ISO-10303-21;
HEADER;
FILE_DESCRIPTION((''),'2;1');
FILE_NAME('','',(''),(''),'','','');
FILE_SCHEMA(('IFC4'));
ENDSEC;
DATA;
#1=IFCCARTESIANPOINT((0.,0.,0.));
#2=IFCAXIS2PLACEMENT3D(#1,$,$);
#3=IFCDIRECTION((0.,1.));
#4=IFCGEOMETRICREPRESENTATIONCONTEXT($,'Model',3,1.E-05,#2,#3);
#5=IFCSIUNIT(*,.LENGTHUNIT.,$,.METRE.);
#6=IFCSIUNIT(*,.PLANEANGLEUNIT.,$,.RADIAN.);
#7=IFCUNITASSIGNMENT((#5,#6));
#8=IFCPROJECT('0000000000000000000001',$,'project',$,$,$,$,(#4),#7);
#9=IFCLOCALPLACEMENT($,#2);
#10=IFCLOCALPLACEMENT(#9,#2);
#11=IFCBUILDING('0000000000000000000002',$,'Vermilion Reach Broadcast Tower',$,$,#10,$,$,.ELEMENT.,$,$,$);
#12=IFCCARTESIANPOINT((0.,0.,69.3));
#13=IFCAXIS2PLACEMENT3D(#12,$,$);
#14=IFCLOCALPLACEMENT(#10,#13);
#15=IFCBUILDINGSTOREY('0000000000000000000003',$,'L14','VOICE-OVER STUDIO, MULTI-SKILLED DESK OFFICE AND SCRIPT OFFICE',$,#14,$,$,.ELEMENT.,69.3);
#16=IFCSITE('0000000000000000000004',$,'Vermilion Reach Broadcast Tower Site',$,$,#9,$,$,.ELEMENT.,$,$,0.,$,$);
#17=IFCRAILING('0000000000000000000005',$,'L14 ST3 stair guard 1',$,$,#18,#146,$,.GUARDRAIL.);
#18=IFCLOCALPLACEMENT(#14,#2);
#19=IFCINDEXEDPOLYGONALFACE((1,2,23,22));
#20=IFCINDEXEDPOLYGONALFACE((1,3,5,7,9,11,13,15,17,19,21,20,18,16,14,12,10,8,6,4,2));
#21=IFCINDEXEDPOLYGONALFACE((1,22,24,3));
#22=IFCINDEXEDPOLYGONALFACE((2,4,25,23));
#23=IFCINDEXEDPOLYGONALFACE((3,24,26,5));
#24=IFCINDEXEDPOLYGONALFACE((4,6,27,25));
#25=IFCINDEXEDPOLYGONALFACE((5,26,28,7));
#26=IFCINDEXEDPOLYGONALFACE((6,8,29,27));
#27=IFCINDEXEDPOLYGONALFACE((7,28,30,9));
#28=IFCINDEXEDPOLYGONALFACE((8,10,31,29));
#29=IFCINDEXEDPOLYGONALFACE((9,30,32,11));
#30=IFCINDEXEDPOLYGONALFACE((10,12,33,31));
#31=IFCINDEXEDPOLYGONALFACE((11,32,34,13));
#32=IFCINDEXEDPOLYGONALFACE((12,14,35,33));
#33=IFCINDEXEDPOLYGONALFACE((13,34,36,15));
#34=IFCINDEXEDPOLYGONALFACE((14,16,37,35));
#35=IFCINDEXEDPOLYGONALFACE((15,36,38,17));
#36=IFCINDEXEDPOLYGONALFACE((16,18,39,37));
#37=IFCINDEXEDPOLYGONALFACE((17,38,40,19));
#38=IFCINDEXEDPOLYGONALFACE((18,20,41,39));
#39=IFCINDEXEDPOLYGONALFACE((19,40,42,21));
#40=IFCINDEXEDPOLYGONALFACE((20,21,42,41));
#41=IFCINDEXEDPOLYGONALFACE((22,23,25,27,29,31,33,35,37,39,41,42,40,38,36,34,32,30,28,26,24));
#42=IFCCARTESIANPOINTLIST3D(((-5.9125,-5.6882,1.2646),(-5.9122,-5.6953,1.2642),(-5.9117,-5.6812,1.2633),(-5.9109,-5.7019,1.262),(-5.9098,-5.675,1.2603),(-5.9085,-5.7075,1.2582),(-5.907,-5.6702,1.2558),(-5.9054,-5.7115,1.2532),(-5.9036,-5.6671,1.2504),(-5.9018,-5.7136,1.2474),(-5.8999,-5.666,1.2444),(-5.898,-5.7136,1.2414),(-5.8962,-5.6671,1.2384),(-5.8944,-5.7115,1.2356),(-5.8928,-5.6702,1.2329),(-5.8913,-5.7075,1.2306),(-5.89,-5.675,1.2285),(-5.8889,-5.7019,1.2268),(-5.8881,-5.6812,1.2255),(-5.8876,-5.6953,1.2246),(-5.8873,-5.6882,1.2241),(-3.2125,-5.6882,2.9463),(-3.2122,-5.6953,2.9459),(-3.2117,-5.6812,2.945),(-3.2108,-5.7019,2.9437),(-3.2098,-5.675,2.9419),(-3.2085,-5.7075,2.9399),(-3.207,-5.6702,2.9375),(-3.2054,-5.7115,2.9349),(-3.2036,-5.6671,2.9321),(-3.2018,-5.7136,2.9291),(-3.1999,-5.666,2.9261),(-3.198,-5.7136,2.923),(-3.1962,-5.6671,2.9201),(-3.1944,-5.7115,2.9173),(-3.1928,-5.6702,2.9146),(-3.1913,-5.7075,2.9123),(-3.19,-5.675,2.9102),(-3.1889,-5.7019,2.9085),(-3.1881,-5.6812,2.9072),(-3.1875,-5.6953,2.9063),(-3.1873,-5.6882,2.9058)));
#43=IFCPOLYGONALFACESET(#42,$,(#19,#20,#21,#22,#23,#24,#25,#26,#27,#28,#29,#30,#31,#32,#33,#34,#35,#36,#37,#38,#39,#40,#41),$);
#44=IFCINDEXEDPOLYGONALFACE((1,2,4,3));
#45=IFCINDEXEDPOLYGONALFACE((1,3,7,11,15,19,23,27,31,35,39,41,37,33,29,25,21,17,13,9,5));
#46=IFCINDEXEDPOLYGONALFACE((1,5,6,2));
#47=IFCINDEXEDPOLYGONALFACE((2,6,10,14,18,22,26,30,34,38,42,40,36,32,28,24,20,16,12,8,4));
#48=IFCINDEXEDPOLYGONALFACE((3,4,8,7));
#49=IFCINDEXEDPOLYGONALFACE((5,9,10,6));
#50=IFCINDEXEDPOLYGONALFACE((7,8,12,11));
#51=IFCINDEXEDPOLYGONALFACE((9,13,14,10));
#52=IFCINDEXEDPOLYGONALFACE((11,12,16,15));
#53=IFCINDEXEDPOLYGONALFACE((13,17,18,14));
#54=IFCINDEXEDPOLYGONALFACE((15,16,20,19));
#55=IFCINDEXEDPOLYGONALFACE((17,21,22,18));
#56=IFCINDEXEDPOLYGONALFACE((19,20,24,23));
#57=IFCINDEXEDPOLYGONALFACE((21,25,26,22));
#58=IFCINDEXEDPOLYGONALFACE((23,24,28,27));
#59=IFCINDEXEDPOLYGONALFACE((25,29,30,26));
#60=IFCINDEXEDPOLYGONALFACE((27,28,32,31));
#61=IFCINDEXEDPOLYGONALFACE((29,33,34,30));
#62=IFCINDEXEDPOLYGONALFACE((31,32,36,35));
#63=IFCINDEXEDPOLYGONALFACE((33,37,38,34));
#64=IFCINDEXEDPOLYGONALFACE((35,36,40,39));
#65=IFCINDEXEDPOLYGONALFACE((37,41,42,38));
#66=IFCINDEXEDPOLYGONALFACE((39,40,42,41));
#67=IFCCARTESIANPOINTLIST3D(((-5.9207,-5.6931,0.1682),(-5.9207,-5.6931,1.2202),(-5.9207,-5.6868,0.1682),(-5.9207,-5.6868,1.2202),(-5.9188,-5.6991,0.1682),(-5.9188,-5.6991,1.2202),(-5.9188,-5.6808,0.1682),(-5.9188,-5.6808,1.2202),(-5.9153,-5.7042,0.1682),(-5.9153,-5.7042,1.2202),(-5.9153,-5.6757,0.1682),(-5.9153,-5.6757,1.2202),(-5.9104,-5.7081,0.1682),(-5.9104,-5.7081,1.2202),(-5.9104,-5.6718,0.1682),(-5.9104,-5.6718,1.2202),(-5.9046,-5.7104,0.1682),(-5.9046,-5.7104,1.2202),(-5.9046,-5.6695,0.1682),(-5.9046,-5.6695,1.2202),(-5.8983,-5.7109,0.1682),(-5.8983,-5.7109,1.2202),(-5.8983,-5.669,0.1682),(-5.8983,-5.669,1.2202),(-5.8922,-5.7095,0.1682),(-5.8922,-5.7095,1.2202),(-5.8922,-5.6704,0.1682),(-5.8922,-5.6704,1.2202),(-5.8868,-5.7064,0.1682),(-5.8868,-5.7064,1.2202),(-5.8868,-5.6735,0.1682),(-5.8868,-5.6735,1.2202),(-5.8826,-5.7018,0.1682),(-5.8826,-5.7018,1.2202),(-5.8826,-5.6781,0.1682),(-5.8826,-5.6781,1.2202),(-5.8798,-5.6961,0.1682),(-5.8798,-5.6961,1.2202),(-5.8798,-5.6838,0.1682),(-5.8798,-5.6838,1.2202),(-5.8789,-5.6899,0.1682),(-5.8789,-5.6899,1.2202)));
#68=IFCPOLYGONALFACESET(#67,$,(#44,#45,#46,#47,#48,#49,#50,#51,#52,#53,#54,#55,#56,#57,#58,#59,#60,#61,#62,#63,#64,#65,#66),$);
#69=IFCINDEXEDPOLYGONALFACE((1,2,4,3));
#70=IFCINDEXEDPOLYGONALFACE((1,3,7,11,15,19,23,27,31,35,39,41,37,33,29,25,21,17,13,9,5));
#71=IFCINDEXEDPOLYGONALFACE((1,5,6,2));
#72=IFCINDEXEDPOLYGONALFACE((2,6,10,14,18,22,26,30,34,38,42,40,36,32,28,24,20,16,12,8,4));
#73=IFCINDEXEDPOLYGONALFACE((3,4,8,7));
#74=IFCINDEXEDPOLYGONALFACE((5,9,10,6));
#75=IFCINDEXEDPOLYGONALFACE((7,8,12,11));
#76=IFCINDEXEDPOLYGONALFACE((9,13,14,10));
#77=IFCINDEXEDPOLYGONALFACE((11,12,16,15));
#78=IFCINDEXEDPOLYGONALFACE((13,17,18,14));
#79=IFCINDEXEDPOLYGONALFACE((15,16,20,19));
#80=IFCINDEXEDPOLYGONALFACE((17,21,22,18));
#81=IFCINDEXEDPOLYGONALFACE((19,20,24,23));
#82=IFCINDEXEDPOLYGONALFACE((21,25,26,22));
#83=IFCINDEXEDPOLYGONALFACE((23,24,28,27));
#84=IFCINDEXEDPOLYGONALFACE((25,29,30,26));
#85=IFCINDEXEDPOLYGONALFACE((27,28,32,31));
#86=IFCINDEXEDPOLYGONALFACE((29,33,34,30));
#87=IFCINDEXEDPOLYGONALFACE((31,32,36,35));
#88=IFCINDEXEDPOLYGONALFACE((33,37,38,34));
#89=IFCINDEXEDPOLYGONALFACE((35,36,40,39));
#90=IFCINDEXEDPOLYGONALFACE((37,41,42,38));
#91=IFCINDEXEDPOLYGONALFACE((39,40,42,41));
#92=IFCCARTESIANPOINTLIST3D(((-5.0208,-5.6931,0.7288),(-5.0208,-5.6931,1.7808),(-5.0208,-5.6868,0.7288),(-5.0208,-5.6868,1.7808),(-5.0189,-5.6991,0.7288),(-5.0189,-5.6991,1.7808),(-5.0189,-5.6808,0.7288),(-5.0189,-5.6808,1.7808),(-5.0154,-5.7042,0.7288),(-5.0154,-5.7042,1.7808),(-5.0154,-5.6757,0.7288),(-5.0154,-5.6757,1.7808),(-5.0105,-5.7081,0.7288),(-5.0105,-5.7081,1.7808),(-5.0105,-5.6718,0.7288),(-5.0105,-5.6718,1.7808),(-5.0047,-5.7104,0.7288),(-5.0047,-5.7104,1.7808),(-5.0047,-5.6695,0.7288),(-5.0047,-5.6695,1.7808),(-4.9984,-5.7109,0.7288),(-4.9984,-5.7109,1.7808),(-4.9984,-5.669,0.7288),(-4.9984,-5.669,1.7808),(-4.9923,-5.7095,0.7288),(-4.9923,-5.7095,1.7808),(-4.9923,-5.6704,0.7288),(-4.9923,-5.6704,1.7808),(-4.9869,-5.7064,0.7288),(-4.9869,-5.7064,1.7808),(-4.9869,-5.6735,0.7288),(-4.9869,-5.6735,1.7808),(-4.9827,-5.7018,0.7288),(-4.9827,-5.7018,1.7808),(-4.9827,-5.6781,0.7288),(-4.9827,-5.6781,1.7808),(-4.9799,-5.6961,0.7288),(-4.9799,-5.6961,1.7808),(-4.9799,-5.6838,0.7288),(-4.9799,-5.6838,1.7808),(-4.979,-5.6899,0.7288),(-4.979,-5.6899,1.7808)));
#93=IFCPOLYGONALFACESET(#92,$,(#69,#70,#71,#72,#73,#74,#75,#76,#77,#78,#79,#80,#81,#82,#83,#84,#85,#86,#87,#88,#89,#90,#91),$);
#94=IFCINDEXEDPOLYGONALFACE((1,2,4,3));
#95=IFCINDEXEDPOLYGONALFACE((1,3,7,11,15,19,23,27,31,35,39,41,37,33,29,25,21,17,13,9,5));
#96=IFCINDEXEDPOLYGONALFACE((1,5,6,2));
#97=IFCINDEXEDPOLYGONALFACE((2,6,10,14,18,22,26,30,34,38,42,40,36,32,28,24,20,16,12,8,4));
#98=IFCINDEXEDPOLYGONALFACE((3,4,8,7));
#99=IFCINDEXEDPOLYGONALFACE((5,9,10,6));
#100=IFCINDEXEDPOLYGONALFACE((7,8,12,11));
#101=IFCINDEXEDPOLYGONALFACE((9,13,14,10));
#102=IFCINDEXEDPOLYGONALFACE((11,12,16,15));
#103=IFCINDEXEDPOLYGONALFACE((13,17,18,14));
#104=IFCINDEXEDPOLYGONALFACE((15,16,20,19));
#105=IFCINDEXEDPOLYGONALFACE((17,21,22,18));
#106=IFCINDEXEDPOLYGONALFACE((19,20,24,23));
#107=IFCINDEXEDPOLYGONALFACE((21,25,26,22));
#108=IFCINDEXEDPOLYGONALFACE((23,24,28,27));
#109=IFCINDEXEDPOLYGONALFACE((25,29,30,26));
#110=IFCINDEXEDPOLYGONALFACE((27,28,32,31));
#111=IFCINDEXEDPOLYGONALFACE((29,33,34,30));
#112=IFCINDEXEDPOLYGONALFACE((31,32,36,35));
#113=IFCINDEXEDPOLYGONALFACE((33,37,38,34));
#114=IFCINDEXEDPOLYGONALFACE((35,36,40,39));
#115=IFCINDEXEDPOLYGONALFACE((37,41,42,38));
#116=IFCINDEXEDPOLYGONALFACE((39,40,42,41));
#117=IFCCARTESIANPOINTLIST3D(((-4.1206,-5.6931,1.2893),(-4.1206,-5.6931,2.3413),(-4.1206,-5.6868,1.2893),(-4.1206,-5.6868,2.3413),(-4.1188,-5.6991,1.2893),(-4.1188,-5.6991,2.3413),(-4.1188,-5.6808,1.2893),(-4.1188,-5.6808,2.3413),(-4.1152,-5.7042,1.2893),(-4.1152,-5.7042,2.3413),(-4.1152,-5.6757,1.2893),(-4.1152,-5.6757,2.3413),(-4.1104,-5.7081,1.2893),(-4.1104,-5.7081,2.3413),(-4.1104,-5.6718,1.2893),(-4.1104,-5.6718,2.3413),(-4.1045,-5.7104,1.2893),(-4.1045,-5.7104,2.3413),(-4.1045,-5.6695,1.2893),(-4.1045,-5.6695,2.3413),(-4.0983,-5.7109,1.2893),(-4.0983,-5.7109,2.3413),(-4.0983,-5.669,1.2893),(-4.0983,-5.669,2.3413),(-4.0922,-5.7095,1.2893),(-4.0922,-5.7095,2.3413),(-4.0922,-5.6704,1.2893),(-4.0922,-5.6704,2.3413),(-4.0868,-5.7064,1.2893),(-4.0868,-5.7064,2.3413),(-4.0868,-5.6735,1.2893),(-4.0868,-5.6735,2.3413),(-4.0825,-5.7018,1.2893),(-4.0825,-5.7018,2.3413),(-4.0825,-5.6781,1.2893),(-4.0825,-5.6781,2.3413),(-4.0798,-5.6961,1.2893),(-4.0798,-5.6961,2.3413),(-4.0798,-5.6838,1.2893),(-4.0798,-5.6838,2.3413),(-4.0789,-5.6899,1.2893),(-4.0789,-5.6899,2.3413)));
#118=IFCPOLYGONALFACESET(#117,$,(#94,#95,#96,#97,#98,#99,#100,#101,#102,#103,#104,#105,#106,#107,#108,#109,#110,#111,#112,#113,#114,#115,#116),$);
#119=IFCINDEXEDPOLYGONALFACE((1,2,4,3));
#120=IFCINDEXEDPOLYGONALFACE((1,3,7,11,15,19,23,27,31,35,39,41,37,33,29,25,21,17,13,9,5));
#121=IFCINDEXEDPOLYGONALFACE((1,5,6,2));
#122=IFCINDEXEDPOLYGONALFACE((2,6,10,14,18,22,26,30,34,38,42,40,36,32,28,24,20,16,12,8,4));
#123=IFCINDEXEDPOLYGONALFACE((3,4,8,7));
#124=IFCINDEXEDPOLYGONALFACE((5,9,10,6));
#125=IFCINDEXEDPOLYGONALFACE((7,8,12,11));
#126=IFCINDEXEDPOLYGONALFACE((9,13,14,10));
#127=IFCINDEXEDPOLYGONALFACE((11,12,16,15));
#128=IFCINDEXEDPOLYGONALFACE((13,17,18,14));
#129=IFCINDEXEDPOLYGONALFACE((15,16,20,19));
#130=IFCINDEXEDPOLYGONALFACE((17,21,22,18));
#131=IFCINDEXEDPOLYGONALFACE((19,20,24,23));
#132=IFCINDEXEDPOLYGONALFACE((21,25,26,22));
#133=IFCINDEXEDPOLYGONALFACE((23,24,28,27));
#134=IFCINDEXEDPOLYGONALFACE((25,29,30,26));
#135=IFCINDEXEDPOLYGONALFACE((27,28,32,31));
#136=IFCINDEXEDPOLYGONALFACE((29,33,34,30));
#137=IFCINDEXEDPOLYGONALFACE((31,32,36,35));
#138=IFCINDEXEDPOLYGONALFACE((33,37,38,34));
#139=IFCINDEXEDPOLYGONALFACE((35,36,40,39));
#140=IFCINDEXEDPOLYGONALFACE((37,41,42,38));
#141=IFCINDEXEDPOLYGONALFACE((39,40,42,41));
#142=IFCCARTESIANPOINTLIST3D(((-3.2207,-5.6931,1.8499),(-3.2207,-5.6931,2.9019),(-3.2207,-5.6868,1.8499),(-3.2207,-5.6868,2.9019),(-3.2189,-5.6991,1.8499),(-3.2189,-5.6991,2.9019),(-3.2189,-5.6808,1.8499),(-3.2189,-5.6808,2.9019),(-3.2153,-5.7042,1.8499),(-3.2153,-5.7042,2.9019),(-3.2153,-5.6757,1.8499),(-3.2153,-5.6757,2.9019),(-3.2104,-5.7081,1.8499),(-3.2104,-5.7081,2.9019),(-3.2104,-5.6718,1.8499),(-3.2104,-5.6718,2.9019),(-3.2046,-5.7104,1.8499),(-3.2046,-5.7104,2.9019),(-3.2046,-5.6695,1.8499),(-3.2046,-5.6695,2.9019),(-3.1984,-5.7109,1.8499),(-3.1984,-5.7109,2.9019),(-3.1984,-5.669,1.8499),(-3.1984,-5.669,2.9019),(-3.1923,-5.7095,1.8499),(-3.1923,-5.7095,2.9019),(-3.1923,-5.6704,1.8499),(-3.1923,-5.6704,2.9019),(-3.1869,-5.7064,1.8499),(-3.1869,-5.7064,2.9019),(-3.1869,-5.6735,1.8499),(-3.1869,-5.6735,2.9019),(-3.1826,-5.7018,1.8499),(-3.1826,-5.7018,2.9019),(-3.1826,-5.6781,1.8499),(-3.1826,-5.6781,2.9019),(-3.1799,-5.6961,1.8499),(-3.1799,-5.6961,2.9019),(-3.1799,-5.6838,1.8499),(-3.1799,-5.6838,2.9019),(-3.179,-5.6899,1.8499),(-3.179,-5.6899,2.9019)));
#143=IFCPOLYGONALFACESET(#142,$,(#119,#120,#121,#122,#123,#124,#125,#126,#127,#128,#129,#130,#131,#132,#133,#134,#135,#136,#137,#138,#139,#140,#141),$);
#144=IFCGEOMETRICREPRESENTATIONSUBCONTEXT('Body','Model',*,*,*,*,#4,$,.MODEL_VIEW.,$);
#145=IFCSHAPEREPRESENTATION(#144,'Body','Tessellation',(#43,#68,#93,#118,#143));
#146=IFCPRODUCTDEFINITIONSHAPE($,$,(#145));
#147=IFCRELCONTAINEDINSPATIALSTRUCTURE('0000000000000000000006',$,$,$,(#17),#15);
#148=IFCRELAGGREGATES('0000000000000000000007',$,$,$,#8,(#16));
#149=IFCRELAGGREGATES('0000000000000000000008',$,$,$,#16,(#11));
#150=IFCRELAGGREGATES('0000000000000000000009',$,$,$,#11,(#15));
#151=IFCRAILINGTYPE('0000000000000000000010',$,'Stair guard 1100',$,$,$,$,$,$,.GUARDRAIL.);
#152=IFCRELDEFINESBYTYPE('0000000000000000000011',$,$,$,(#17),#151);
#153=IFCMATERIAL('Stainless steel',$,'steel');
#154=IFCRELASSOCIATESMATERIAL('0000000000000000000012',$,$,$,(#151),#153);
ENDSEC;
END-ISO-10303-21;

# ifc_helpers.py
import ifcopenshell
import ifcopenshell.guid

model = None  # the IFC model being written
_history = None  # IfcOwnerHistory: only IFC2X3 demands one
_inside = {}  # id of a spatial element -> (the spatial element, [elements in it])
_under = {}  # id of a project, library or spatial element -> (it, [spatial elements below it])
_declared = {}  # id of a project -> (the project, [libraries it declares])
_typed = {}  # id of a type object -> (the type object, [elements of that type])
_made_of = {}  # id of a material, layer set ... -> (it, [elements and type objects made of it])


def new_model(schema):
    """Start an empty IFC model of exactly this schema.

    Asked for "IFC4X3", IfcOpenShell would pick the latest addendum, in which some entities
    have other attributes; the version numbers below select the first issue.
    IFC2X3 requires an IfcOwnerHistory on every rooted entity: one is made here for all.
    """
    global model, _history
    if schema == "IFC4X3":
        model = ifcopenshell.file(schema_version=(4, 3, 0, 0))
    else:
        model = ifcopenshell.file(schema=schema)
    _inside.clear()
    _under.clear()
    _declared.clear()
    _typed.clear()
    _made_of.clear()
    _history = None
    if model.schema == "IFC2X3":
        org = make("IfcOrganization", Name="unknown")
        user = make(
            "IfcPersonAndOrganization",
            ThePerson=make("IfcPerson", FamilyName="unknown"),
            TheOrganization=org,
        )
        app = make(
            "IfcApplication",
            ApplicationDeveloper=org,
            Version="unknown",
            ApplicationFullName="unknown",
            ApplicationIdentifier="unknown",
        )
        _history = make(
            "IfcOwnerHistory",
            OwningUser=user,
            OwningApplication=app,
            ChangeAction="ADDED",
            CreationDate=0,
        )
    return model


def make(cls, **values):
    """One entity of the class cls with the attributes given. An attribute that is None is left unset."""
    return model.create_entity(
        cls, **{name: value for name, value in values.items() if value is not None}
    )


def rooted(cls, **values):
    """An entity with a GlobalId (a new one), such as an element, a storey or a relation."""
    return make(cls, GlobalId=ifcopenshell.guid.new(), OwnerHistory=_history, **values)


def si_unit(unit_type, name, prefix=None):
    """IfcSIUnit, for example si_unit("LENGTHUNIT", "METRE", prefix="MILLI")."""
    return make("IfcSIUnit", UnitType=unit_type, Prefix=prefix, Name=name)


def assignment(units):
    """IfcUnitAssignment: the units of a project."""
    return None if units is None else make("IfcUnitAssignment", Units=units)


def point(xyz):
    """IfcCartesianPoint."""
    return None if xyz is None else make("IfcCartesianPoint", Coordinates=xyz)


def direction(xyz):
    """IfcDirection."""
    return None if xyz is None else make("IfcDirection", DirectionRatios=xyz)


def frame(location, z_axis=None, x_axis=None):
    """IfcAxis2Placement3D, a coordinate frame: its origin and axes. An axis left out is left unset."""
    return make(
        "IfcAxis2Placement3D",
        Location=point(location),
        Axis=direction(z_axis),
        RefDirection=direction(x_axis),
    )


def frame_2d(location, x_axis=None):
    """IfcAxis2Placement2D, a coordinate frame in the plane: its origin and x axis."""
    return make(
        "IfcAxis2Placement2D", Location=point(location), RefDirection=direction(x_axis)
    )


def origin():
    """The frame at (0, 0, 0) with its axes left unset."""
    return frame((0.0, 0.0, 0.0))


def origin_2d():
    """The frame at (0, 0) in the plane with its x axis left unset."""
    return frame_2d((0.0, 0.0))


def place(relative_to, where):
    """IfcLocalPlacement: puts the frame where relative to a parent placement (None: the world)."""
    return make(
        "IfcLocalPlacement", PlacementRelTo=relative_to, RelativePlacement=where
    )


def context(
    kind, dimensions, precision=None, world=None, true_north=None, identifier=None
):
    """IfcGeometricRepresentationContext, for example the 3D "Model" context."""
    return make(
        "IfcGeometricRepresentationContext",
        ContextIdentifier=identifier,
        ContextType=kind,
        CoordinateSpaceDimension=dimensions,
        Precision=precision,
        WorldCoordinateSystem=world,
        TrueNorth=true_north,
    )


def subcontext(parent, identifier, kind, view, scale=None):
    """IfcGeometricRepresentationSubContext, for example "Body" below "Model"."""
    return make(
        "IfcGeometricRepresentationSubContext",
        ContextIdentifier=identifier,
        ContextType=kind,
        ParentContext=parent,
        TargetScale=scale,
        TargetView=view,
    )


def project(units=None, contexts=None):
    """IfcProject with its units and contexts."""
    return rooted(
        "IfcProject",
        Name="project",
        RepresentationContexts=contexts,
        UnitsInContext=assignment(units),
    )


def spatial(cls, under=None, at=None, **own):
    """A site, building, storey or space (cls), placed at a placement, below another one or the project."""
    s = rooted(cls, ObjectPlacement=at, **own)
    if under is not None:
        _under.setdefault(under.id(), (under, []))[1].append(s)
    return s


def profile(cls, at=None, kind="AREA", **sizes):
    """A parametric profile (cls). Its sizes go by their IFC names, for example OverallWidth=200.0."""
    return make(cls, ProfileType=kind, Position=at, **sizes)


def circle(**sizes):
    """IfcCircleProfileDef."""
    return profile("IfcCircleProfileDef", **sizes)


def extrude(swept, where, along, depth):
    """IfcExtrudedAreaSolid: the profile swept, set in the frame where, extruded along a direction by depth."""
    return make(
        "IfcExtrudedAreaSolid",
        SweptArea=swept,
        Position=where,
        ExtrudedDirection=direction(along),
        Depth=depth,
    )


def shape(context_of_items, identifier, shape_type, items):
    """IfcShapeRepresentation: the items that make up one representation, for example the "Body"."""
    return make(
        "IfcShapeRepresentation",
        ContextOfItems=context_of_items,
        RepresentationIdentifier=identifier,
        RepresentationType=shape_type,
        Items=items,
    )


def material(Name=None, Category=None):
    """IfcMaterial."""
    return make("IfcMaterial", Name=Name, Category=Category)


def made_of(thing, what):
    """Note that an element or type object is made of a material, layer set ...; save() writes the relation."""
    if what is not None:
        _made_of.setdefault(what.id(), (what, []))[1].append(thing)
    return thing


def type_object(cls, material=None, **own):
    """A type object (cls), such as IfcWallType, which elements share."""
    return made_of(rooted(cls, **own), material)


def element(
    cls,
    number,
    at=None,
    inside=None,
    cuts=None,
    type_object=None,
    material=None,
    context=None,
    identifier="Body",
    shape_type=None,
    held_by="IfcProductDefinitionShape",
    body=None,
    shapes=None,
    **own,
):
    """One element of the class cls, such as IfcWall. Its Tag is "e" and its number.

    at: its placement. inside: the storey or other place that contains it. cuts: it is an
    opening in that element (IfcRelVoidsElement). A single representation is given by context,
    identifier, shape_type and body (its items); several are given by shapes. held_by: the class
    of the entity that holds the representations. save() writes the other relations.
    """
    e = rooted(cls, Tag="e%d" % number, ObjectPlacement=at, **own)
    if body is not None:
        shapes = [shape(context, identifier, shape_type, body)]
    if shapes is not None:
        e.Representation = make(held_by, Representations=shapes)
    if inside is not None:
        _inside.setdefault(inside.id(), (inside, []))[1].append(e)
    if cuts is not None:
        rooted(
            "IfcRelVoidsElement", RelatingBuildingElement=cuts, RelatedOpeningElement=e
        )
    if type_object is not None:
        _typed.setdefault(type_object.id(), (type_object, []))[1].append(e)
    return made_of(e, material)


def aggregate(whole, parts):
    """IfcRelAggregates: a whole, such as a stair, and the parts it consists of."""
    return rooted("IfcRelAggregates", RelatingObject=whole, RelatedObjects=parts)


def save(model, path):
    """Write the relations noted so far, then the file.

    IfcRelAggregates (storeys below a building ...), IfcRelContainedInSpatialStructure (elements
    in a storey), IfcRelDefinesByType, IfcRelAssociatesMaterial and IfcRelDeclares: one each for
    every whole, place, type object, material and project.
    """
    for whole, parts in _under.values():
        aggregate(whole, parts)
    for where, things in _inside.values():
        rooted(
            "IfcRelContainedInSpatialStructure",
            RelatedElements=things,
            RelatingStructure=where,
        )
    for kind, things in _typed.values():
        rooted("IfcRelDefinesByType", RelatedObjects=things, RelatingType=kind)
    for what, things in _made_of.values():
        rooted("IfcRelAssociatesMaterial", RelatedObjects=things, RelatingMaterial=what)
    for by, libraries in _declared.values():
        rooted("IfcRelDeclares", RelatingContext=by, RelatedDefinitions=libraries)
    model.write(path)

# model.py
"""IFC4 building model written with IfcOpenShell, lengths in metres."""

from ifc_helpers import new_model, si_unit, direction, frame, origin, origin_2d, place, context, subcontext, project, spatial, circle, extrude, material, type_object, element, save


model = new_model("IFC4")

# Units and contexts
model_context = context("Model", 3, precision=1e-05, world=origin(), true_north=direction((0.0, 1.0)))
body_context = subcontext(model_context, "Body", "Model", "MODEL_VIEW")
ifc_project = project(units=[si_unit("LENGTHUNIT", "METRE"), si_unit("PLANEANGLEUNIT", "RADIAN")], contexts=[model_context])

# Site, building, storey
site_placement = place(None, origin())
site = spatial("IfcSite", under=ifc_project, at=site_placement, Name="Vermilion Reach Broadcast Tower Site", CompositionType="ELEMENT", RefElevation=0.0)
building_placement = place(site_placement, origin())
building = spatial("IfcBuilding", under=site, at=building_placement, Name="Vermilion Reach Broadcast Tower", CompositionType="ELEMENT")
storey_placement = place(building_placement, frame((0.0, 0.0, 69.3)))
storey = spatial("IfcBuildingStorey", under=building, at=storey_placement, Name="L14", Description="VOICE-OVER STUDIO, MULTI-SKILLED DESK OFFICE AND SCRIPT OFFICE", CompositionType="ELEMENT", Elevation=69.3)

# Railing
ifc_material_1 = material(Name="Stainless steel", Category="steel")
railing_type_1 = type_object("IfcRailingType", Name="Stair guard 1100", PredefinedType="GUARDRAIL", material=ifc_material_1)
railing_1_placement = place(storey_placement, frame((-5.8999, -5.6899, 0.1682)))
element("IfcRailing", 1, at=railing_1_placement, inside=storey, type_object=railing_type_1, Name="L14 ST3 stair guard 1", PredefinedType="GUARDRAIL", context=body_context, shape_type="SweptSolid", body=[
    extrude(circle(Radius=0.0239, at=origin_2d()), frame((0.0, 0.0, 1.0762), z_axis=(0.848821, 0.0, 0.528681), x_axis=(0.0, 1.0, 0.0)), (0.0, 0.0, 1.0), 3.1809),
    extrude(circle(Radius=0.021, at=origin_2d()), origin(), (0.0, 0.0, 1.0), 1.052),
    extrude(circle(Radius=0.021, at=origin_2d()), frame((0.8999, 0.0, 0.5605)), (0.0, 0.0, 1.0), 1.052),
    extrude(circle(Radius=0.021, at=origin_2d()), frame((1.8, 0.0, 1.1211)), (0.0, 0.0, 1.0), 1.052),
    extrude(circle(Radius=0.021, at=origin_2d()), frame((2.7, 0.0, 1.6816)), (0.0, 0.0, 1.0), 1.052),
])

save(model, "model.ifc")
